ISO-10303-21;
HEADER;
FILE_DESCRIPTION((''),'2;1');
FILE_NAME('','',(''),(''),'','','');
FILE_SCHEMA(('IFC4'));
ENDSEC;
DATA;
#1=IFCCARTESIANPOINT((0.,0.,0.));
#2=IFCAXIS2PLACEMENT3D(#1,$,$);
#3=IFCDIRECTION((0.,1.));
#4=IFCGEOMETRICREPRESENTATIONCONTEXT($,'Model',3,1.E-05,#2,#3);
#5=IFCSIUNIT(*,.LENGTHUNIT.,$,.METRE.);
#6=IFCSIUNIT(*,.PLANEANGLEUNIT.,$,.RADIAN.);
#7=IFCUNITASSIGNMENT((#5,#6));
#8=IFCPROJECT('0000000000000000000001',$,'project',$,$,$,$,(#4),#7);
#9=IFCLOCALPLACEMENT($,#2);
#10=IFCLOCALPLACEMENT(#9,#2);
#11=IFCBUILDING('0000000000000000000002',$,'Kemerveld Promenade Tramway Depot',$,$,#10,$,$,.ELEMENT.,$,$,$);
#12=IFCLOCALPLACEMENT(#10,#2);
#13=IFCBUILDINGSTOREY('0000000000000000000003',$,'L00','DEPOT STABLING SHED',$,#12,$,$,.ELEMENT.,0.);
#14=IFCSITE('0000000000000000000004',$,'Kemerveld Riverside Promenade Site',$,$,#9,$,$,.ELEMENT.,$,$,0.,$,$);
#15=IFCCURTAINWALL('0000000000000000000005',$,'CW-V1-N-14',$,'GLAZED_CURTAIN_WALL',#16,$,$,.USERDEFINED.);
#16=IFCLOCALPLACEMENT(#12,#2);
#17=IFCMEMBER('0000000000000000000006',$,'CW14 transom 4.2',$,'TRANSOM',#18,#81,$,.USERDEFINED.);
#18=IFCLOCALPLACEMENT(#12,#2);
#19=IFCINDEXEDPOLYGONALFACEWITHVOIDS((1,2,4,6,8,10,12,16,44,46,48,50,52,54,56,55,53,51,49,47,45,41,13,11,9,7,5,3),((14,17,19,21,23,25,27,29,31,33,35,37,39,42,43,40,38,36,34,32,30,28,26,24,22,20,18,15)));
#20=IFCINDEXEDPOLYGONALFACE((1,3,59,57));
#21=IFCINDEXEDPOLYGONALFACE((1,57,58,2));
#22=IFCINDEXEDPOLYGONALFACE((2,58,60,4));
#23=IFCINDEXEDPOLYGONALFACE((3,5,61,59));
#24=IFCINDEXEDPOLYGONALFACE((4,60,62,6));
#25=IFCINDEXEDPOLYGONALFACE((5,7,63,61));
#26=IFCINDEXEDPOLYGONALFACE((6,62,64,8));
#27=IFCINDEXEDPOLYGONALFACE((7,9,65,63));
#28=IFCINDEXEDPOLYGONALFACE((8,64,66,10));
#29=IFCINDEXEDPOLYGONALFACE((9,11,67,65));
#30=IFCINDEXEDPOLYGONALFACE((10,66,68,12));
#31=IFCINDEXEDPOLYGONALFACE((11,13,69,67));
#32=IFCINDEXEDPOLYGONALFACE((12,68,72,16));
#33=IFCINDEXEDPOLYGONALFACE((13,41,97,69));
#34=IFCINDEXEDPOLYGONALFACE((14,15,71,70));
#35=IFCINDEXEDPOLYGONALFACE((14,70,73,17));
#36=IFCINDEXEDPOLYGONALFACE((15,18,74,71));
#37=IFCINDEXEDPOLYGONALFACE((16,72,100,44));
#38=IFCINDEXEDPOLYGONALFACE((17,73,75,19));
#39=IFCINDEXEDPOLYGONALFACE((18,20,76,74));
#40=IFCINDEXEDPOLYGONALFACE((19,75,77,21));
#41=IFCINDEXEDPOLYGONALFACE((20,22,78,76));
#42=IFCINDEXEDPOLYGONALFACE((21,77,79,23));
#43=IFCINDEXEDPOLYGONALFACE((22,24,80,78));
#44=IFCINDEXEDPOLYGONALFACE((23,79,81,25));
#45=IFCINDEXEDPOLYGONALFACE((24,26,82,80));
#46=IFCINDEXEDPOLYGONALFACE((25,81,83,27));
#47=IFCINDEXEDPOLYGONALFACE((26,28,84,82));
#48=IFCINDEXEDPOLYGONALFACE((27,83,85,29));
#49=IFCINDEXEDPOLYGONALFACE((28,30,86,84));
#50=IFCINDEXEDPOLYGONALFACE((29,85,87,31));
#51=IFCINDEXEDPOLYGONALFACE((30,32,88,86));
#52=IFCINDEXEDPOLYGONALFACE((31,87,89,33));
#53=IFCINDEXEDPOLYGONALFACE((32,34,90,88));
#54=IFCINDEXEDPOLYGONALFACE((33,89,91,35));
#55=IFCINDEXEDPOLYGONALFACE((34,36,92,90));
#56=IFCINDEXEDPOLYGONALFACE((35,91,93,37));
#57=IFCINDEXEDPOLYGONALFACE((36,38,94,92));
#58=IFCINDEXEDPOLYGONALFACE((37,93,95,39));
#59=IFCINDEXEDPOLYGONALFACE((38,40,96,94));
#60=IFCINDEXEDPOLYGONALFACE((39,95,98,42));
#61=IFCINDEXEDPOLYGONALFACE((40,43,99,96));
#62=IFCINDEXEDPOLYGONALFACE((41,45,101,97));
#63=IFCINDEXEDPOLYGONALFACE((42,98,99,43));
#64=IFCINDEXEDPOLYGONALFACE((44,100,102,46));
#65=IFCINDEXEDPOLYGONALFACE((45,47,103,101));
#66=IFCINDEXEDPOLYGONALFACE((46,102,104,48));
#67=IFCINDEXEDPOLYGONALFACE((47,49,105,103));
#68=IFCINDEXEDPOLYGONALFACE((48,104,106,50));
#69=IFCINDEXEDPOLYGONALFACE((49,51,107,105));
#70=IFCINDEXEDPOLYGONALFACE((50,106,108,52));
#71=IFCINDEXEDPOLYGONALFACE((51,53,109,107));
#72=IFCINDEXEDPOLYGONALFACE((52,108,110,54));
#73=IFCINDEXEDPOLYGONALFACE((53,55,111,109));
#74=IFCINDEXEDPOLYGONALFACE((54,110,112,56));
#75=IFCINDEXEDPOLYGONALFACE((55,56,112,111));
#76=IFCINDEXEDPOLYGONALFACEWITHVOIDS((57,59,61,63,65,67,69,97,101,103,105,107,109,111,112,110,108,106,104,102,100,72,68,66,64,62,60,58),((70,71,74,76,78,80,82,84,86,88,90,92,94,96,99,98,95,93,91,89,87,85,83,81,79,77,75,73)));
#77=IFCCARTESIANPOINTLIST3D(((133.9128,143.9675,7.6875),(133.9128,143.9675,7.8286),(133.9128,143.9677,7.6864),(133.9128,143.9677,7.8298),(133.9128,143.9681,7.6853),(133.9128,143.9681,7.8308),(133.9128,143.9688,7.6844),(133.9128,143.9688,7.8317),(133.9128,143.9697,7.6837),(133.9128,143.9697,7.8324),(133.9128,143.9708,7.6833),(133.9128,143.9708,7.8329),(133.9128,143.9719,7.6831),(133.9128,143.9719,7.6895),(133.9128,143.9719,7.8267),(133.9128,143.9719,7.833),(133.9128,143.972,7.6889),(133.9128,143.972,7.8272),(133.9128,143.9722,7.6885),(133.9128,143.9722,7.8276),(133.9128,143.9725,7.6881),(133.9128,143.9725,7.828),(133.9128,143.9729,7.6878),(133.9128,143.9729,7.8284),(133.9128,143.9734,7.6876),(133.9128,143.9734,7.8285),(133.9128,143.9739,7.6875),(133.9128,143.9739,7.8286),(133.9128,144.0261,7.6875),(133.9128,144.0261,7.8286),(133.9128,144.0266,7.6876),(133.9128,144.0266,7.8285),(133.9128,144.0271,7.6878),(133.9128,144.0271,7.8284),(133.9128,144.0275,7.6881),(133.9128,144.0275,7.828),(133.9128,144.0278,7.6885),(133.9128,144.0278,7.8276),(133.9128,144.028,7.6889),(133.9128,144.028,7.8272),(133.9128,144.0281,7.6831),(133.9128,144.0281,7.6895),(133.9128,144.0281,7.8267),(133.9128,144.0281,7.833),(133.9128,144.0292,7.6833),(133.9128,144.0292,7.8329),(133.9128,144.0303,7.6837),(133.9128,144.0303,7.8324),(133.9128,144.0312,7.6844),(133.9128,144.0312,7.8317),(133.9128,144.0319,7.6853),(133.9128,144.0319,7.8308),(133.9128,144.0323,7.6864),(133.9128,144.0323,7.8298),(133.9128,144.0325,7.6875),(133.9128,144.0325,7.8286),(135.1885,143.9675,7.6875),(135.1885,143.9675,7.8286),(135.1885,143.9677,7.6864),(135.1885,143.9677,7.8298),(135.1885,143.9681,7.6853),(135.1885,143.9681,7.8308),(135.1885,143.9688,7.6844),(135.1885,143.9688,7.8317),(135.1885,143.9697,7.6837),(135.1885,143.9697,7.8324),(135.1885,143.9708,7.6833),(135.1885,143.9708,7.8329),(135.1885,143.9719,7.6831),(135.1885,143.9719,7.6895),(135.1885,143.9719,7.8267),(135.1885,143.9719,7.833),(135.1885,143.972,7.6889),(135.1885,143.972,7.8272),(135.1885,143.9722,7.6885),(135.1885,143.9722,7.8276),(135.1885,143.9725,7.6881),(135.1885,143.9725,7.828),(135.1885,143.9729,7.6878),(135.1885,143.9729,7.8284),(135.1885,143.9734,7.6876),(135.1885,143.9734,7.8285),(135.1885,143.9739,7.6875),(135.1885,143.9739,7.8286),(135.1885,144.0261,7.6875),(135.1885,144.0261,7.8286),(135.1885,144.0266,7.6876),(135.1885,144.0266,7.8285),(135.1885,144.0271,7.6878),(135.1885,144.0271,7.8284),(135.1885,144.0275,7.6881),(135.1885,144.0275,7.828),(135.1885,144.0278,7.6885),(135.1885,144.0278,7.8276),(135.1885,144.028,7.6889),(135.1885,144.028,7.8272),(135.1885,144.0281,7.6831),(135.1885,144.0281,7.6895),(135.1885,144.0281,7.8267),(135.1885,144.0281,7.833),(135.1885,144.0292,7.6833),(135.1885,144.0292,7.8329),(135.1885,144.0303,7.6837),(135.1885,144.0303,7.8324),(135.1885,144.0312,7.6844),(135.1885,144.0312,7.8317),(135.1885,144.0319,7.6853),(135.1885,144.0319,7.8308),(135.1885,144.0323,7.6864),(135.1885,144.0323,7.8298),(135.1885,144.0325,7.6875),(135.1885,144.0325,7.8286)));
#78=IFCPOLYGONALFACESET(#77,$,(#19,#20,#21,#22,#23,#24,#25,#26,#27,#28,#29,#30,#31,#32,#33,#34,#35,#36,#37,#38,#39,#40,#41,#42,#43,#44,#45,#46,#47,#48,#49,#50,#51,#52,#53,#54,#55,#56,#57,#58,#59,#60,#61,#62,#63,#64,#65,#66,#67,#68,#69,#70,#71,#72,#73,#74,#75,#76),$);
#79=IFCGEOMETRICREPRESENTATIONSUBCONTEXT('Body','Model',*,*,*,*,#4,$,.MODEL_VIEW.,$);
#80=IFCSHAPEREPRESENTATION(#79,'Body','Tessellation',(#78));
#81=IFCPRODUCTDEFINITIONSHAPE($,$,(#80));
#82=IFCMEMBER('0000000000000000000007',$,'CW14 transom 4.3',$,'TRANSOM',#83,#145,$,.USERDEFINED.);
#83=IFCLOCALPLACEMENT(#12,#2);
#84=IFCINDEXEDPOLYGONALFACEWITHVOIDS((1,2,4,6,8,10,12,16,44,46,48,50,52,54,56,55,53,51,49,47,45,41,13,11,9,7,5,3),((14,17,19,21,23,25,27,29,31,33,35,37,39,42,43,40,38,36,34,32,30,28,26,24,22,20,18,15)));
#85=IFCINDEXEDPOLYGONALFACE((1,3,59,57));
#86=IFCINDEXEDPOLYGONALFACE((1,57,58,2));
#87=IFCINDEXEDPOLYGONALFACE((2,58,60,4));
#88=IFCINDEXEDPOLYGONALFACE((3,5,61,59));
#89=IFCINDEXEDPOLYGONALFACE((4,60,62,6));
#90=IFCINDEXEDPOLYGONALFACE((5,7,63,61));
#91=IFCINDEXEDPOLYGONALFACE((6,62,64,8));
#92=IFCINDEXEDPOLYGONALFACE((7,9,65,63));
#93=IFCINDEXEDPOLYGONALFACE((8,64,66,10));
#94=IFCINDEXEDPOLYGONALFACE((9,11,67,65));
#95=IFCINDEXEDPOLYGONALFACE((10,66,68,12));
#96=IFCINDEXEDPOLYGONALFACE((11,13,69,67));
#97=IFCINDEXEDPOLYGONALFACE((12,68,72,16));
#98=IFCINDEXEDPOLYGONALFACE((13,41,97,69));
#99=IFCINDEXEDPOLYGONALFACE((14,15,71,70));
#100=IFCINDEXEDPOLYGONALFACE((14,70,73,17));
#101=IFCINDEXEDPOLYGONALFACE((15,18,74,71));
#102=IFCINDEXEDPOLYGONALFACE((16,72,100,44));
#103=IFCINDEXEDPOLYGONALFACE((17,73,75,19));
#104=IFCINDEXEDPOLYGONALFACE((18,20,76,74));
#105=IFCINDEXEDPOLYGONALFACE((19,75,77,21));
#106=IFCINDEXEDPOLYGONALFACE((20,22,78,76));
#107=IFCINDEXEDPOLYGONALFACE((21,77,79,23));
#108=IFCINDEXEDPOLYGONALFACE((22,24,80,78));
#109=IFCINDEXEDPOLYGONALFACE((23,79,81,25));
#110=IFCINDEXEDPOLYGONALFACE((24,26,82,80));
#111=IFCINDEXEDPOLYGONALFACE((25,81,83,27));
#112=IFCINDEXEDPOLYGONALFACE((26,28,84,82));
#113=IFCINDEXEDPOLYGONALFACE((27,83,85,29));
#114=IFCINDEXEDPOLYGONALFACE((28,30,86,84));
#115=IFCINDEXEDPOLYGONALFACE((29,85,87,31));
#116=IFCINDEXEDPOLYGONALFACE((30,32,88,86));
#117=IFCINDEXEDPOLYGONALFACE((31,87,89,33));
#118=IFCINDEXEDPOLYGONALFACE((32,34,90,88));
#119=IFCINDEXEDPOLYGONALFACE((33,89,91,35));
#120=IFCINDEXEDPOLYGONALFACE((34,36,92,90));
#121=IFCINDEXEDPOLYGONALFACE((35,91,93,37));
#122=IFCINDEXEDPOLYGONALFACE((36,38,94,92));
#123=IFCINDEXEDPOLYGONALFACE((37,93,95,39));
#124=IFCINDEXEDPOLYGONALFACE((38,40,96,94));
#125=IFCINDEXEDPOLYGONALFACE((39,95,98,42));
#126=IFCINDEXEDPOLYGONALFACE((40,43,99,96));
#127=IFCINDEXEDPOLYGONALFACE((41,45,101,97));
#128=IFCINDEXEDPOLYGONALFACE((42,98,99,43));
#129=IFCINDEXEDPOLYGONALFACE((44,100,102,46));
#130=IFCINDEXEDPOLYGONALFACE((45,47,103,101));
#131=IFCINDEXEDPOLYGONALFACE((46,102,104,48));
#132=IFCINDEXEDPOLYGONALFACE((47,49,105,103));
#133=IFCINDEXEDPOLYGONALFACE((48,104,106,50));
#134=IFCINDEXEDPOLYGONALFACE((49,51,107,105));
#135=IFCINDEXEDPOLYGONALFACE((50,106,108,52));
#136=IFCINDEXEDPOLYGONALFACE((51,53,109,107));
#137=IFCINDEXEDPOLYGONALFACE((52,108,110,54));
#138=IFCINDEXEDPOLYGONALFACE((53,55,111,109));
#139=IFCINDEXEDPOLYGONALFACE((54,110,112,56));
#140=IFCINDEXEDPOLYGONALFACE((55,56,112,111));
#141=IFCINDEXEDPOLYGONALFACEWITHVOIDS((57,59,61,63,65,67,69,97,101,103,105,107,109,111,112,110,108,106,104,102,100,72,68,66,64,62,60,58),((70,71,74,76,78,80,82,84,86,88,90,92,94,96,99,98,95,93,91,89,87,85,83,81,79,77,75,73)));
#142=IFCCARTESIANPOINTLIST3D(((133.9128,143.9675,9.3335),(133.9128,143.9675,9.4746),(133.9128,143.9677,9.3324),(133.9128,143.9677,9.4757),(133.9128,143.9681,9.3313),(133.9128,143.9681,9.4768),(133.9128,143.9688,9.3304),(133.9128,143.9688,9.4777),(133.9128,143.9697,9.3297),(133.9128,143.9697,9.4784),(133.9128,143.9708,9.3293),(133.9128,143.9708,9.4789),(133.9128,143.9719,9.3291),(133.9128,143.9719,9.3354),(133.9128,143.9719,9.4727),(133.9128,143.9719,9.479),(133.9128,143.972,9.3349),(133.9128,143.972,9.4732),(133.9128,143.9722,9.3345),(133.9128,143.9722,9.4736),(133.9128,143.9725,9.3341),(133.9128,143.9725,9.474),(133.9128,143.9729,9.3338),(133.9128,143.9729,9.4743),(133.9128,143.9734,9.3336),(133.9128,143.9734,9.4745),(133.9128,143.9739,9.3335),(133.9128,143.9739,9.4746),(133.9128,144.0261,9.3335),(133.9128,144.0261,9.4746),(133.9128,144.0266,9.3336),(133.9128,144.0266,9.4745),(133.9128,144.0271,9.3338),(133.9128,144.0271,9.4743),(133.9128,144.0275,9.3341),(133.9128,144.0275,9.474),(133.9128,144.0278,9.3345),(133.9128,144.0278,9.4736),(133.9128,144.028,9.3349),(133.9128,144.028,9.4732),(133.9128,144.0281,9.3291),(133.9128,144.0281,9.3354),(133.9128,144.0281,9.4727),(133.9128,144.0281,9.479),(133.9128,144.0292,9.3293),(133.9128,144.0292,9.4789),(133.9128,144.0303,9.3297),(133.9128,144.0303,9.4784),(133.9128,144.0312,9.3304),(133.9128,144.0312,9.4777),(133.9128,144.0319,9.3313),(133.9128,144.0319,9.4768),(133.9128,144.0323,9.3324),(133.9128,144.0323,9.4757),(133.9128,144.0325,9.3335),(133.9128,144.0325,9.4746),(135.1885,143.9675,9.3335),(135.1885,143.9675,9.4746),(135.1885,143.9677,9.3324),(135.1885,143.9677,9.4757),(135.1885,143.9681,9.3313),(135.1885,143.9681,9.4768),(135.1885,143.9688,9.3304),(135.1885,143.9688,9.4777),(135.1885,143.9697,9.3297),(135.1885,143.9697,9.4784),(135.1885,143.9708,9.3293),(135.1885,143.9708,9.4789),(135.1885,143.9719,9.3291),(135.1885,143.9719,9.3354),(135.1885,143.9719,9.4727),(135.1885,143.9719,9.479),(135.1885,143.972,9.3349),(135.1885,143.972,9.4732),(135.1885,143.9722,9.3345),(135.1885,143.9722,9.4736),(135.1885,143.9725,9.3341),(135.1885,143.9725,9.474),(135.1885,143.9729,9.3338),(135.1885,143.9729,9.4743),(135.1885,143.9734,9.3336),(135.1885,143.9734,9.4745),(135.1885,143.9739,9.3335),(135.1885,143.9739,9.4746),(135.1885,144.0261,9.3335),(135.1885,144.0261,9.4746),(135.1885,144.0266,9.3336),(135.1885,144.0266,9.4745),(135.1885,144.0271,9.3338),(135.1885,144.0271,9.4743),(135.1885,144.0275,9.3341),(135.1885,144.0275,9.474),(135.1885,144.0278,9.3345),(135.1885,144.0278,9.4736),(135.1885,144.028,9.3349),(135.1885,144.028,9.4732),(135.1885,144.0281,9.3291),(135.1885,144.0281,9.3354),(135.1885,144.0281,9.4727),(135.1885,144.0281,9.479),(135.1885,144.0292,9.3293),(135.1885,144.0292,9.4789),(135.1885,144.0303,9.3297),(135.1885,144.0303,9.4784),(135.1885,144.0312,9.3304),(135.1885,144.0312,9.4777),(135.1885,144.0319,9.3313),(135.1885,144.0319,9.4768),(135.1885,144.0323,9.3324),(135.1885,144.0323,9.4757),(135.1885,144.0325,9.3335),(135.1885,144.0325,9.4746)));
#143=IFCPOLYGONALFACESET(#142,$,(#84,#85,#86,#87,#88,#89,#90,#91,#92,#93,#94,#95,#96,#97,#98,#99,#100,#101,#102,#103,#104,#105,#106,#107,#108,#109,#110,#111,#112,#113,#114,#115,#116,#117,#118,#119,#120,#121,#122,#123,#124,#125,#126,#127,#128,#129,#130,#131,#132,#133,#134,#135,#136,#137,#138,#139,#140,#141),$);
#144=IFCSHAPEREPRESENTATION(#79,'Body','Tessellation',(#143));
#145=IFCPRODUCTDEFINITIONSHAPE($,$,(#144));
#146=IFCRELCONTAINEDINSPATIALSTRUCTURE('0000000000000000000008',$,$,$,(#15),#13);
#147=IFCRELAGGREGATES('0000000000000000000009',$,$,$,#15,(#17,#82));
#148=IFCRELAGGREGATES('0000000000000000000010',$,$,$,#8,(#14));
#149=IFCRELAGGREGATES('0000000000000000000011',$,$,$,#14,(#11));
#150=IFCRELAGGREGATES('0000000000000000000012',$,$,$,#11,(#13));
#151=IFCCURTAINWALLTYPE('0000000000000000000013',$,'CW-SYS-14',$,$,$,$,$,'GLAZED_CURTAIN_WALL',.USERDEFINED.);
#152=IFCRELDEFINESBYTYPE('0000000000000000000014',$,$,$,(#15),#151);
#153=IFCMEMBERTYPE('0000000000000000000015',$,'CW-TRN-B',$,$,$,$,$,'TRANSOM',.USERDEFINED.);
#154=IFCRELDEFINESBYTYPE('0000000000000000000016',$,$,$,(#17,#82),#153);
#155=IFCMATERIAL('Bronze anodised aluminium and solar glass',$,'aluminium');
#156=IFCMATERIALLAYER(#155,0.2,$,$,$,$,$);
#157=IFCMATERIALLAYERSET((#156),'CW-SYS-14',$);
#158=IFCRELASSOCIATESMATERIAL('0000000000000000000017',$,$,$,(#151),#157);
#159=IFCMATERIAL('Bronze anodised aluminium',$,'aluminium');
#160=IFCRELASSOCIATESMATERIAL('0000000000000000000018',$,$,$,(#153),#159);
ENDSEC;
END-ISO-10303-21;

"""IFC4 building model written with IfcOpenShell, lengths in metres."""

from ifc_helpers import new_model, si_unit, direction, frame, origin, origin_2d, place, context, subcontext, project, spatial, hollow_rectangle, extrude, material, layer, layer_set, material_profile, profile_set, type_object, element, aggregate, save


model = new_model("IFC4")

# Units and contexts
model_context = context("Model", 3, precision=1e-05, world=origin(), true_north=direction((0.0, 1.0)))
body_context = subcontext(model_context, "Body", "Model", "MODEL_VIEW")
ifc_project = project(units=[si_unit("LENGTHUNIT", "METRE"), si_unit("PLANEANGLEUNIT", "RADIAN")], contexts=[model_context])

# Site, building, storey
site_placement = place(None, origin())
site = spatial("IfcSite", under=ifc_project, at=site_placement, Name="Kemerveld Riverside Promenade Site", CompositionType="ELEMENT", RefElevation=0.0)
building_placement = place(site_placement, origin())
building = spatial("IfcBuilding", under=site, at=building_placement, Name="Kemerveld Promenade Tramway Depot", CompositionType="ELEMENT")
storey_placement = place(building_placement, origin())
storey = spatial("IfcBuildingStorey", under=building, at=storey_placement, Name="L00", Description="DEPOT STABLING SHED", CompositionType="ELEMENT", Elevation=0.0)

# Shared definitions
ifc_material_1 = material(Name="Bronze anodised aluminium and solar glass", Category="aluminium")
ifc_material_2 = material(Name="Bronze anodised aluminium", Category="aluminium")

# Curtain wall
ifc_layer_1 = layer(ifc_material_1, 0.2)
ifc_layer_set_1 = layer_set([ifc_layer_1], Name="CW-SYS-14")
curtain_wall_type_1 = type_object("IfcCurtainWallType", Name="CW-SYS-14", ElementType="GLAZED_CURTAIN_WALL", PredefinedType="USERDEFINED", material=ifc_layer_set_1)
curtain_wall_1_placement = place(storey_placement, origin())
curtain_wall_1 = element("IfcCurtainWall", 1, at=curtain_wall_1_placement, inside=storey, type_object=curtain_wall_type_1, Name="CW-V1-N-14", ObjectType="GLAZED_CURTAIN_WALL", PredefinedType="USERDEFINED")

# Members
ifc_material_profile_1 = material_profile(ifc_material_2, hollow_rectangle(XDim=0.0649, YDim=0.1499, WallThickness=0.0044, InnerFilletRadius=0.002, OuterFilletRadius=0.0044, at=origin_2d()), Name="CW-TRN-150x65")
ifc_profile_set_1 = profile_set([ifc_material_profile_1], Name="Bronze anodised aluminium")
member_type_1 = type_object("IfcMemberType", Name="CW-TRN-B", ElementType="TRANSOM", PredefinedType="USERDEFINED", material=ifc_profile_set_1)
member_1_placement = place(storey_placement, frame((133.9128, 144.0, 7.7581), z_axis=(1.0, 0.0, 0.0), x_axis=(0.0, 1.0, 0.0)))
member_1 = element("IfcMember", 2, at=member_1_placement, type_object=member_type_1, Name="CW14 transom 4.2", ObjectType="TRANSOM", PredefinedType="USERDEFINED", context=body_context, shape_type="SweptSolid", body=[
    extrude(hollow_rectangle(XDim=0.0649, YDim=0.1499, WallThickness=0.0044, InnerFilletRadius=0.002, OuterFilletRadius=0.0044, at=origin_2d()), origin(), (0.0, 0.0, 1.0), 1.2756),
])
member_2_placement = place(storey_placement, frame((133.9128, 144.0, 9.4041), z_axis=(1.0, 0.0, 0.0), x_axis=(0.0, 1.0, 0.0)))
member_2 = element("IfcMember", 3, at=member_2_placement, type_object=member_type_1, Name="CW14 transom 4.3", ObjectType="TRANSOM", PredefinedType="USERDEFINED", context=body_context, shape_type="SweptSolid", body=[
    extrude(hollow_rectangle(XDim=0.0649, YDim=0.1499, WallThickness=0.0044, InnerFilletRadius=0.002, OuterFilletRadius=0.0044, at=origin_2d()), origin(), (0.0, 0.0, 1.0), 1.2756),
])

aggregate(curtain_wall_1, [member_1, member_2])

save(model, "model.ifc")
